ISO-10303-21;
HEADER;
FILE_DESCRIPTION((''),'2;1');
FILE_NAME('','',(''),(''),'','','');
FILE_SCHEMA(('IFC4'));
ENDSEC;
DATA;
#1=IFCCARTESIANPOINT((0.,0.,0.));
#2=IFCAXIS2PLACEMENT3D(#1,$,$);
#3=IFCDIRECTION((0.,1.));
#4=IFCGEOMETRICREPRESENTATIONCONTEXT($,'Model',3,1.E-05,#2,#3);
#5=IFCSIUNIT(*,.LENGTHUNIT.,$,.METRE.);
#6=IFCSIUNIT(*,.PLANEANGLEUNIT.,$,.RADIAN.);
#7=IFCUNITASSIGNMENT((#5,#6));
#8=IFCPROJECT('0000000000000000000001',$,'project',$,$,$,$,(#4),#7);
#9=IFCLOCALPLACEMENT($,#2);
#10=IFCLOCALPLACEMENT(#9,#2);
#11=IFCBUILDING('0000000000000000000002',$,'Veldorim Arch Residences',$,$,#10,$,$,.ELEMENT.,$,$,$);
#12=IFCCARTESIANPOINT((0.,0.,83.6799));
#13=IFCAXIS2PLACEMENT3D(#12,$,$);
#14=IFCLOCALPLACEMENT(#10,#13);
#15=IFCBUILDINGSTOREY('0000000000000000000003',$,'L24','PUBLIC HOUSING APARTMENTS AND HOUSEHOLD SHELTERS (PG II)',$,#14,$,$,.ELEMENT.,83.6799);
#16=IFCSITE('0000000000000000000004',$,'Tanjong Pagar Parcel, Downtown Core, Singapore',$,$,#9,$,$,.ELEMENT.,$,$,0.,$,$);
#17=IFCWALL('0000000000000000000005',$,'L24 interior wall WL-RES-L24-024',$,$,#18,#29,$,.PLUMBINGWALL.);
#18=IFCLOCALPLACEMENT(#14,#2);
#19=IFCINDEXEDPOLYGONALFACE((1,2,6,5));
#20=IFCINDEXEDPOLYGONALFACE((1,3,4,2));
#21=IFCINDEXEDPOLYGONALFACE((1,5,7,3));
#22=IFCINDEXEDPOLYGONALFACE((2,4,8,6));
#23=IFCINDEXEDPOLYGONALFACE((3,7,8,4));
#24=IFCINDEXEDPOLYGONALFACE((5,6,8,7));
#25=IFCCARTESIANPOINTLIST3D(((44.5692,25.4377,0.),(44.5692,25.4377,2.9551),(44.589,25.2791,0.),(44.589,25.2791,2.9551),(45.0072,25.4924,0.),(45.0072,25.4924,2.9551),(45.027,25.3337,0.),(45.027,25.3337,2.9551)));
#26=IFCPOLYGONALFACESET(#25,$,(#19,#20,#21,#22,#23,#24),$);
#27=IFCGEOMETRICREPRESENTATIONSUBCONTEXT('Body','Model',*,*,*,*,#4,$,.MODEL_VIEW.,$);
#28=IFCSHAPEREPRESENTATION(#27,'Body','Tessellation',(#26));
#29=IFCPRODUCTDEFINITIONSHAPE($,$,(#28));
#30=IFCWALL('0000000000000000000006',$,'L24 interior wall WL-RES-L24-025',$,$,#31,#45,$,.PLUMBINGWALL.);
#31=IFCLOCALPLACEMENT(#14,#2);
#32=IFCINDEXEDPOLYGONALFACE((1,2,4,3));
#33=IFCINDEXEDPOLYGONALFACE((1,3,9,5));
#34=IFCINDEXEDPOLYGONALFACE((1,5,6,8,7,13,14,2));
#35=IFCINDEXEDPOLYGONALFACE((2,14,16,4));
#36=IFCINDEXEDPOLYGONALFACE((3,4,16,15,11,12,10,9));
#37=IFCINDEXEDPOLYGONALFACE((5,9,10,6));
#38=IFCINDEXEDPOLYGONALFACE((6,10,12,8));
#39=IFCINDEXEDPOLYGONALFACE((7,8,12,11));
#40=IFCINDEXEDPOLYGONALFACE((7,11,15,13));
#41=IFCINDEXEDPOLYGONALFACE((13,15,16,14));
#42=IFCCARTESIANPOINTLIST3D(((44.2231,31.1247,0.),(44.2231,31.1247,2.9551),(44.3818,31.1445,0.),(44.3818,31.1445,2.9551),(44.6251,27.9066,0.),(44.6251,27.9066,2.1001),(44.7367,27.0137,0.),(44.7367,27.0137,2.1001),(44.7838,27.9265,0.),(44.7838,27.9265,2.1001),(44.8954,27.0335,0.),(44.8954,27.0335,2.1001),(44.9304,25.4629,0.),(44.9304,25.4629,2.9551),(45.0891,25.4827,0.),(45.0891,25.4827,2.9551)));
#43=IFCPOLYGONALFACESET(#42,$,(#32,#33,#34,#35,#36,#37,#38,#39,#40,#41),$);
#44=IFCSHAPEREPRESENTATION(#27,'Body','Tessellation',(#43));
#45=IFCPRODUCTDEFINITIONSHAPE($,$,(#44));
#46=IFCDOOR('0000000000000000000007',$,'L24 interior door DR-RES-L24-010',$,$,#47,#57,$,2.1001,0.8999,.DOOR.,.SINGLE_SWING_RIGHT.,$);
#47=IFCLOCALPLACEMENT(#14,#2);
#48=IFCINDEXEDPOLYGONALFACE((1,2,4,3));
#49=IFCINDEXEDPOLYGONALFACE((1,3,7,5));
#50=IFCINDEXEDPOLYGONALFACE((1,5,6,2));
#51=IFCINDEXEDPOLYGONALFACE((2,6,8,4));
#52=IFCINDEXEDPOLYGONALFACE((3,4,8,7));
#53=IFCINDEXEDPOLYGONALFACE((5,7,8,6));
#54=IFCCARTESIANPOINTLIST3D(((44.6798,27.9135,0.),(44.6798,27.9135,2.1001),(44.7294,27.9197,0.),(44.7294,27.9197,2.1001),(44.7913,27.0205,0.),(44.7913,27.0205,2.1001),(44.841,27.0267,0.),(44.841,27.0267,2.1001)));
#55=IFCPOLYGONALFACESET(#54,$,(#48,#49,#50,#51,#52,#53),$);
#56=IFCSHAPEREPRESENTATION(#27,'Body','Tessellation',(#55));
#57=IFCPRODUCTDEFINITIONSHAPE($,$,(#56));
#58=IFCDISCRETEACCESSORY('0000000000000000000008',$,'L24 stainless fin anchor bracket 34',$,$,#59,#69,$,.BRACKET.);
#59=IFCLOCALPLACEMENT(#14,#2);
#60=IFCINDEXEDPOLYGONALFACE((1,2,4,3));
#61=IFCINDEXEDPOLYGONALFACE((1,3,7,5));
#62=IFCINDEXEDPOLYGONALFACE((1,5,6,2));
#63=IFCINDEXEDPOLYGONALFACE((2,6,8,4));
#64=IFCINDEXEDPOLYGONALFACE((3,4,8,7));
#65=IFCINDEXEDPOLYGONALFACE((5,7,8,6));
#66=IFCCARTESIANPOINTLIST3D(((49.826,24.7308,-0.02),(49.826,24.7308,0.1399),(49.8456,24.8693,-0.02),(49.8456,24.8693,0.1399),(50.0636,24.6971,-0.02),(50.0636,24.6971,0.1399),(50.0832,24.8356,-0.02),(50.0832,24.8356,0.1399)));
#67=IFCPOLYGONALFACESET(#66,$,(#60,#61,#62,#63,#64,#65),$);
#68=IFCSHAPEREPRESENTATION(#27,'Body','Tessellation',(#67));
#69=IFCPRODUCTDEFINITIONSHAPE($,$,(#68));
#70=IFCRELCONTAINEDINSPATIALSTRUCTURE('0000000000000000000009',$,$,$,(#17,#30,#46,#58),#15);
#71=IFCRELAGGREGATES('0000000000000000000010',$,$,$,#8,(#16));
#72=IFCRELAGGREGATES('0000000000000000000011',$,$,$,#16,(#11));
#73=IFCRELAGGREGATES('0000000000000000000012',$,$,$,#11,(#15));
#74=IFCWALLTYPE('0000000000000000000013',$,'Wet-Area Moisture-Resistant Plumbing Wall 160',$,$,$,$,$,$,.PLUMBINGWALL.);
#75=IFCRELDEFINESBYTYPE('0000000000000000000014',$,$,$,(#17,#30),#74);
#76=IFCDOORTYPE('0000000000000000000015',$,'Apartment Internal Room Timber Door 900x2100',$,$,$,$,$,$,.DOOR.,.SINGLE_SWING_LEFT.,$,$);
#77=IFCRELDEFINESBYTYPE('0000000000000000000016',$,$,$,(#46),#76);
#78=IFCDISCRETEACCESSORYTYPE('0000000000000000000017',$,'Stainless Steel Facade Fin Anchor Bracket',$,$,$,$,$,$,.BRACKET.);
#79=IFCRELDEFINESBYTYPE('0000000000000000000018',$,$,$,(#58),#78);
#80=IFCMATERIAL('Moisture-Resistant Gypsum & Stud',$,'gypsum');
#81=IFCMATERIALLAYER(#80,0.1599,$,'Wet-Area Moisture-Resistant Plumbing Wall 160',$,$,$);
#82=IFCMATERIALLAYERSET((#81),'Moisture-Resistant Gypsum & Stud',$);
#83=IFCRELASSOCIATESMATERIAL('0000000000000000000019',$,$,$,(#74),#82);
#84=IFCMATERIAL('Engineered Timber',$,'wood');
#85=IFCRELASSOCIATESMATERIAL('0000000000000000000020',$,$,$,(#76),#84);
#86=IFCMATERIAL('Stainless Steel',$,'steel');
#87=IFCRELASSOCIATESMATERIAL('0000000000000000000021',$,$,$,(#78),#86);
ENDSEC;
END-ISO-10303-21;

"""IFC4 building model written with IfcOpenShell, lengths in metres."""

from ifc_helpers import new_model, si_unit, direction, frame, frame_2d, origin, origin_2d, place, context, subcontext, project, spatial, rectangle, extrude, material, layer, layer_set, type_object, element, fill, save


model = new_model("IFC4")

# Units and contexts
model_context = context("Model", 3, precision=1e-05, world=origin(), true_north=direction((0.0, 1.0)))
body_context = subcontext(model_context, "Body", "Model", "MODEL_VIEW")
ifc_project = project(units=[si_unit("LENGTHUNIT", "METRE"), si_unit("PLANEANGLEUNIT", "RADIAN")], contexts=[model_context])

# Site, building, storey
site_placement = place(None, origin())
site = spatial("IfcSite", under=ifc_project, at=site_placement, Name="Tanjong Pagar Parcel, Downtown Core, Singapore", CompositionType="ELEMENT", RefElevation=0.0)
building_placement = place(site_placement, origin())
building = spatial("IfcBuilding", under=site, at=building_placement, Name="Veldorim Arch Residences", CompositionType="ELEMENT")
storey_placement = place(building_placement, frame((0.0, 0.0, 83.6799)))
storey = spatial("IfcBuildingStorey", under=building, at=storey_placement, Name="L24", Description="PUBLIC HOUSING APARTMENTS AND HOUSEHOLD SHELTERS (PG II)", CompositionType="ELEMENT", Elevation=83.6799)

# Shared definitions
ifc_material_1 = material(Name="Moisture-Resistant Gypsum & Stud", Category="gypsum")
ifc_layer_1 = layer(ifc_material_1, 0.1599, Name="Wet-Area Moisture-Resistant Plumbing Wall 160")
ifc_layer_set_1 = layer_set([ifc_layer_1], Name="Moisture-Resistant Gypsum & Stud")
wall_type_1 = type_object("IfcWallType", Name="Wet-Area Moisture-Resistant Plumbing Wall 160", PredefinedType="PLUMBINGWALL", material=ifc_layer_set_1)

# Wall
wall_1_placement = place(storey_placement, frame((44.5791, 25.3584, 0.0), z_axis=(0.0, 0.0, 1.0), x_axis=(0.992295, 0.123899, 0.0)))
element("IfcWall", 1, at=wall_1_placement, inside=storey, type_object=wall_type_1, Name="L24 interior wall WL-RES-L24-024", PredefinedType="PLUMBINGWALL", context=body_context, shape_type="SweptSolid", body=[
    extrude(rectangle(XDim=0.4414, YDim=0.1599, at=frame_2d((0.2207, 0.0))), origin(), (0.0, 0.0, 1.0), 2.9551),
])

# Wall, opening, door
wall_2_placement = place(storey_placement, frame((45.0098, 25.4727, 0.0), z_axis=(0.0, 0.0, 1.0), x_axis=(-0.123956, 0.992288, 0.0)))
wall_2 = element("IfcWall", 2, at=wall_2_placement, inside=storey, type_object=wall_type_1, Name="L24 interior wall WL-RES-L24-025", PredefinedType="PLUMBINGWALL", context=body_context, shape_type="SweptSolid", body=[
    extrude(rectangle(XDim=5.7058, YDim=0.1599, at=frame_2d((2.853, 0.0))), origin(), (0.0, 0.0, 1.0), 2.9551),
])
opening_1_placement = place(wall_2_placement, frame((1.563, 0.0, 0.0)))
opening_1 = element("IfcOpeningElement", 3, at=opening_1_placement, cuts=wall_2, PredefinedType="OPENING", context=body_context, shape_type="SweptSolid", body=[
    extrude(rectangle(XDim=0.8999, YDim=2.1001, at=frame_2d((0.45, 1.05))), frame((0.0, 0.0898, 0.0), z_axis=(0.0, -1.0, 0.0), x_axis=(1.0, 0.0, 0.0)), (0.0, 0.0, 1.0), 0.1799),
])
ifc_material_2 = material(Name="Engineered Timber", Category="wood")
door_type_1 = type_object("IfcDoorType", Name="Apartment Internal Room Timber Door 900x2100", OperationType="SINGLE_SWING_LEFT", PredefinedType="DOOR", material=ifc_material_2)
door_1_placement = place(opening_1_placement, origin())
door_1 = element("IfcDoor", 4, at=door_1_placement, inside=storey, type_object=door_type_1, Name="L24 interior door DR-RES-L24-010", OperationType="SINGLE_SWING_RIGHT", OverallHeight=2.1001, OverallWidth=0.8999, PredefinedType="DOOR", context=body_context, shape_type="SweptSolid", body=[
    extrude(rectangle(XDim=0.8999, YDim=2.1001, at=frame_2d((0.45, 1.05))), frame((0.0, 0.0249, 0.0), z_axis=(0.0, -1.0, 0.0), x_axis=(1.0, 0.0, 0.0)), (0.0, 0.0, 1.0), 0.05),
])
fill(opening_1, door_1)

# Discrete accessory
ifc_material_3 = material(Name="Stainless Steel", Category="steel")
discrete_accessory_type = type_object("IfcDiscreteAccessoryType", Name="Stainless Steel Facade Fin Anchor Bracket", PredefinedType="BRACKET", material=ifc_material_3)
discrete_accessory_placement = place(storey_placement, frame((49.9546, 24.7832, -0.02), z_axis=(0.0, 0.0, 1.0), x_axis=(-0.140556, -0.990073, 0.0)))
element("IfcDiscreteAccessory", 5, at=discrete_accessory_placement, inside=storey, type_object=discrete_accessory_type, Name="L24 stainless fin anchor bracket 34", PredefinedType="BRACKET", context=body_context, shape_type="SweptSolid", body=[
    extrude(rectangle(XDim=0.1399, YDim=0.24, at=origin_2d()), origin(), (0.0, 0.0, 1.0), 0.1599),
])

save(model, "model.ifc")
